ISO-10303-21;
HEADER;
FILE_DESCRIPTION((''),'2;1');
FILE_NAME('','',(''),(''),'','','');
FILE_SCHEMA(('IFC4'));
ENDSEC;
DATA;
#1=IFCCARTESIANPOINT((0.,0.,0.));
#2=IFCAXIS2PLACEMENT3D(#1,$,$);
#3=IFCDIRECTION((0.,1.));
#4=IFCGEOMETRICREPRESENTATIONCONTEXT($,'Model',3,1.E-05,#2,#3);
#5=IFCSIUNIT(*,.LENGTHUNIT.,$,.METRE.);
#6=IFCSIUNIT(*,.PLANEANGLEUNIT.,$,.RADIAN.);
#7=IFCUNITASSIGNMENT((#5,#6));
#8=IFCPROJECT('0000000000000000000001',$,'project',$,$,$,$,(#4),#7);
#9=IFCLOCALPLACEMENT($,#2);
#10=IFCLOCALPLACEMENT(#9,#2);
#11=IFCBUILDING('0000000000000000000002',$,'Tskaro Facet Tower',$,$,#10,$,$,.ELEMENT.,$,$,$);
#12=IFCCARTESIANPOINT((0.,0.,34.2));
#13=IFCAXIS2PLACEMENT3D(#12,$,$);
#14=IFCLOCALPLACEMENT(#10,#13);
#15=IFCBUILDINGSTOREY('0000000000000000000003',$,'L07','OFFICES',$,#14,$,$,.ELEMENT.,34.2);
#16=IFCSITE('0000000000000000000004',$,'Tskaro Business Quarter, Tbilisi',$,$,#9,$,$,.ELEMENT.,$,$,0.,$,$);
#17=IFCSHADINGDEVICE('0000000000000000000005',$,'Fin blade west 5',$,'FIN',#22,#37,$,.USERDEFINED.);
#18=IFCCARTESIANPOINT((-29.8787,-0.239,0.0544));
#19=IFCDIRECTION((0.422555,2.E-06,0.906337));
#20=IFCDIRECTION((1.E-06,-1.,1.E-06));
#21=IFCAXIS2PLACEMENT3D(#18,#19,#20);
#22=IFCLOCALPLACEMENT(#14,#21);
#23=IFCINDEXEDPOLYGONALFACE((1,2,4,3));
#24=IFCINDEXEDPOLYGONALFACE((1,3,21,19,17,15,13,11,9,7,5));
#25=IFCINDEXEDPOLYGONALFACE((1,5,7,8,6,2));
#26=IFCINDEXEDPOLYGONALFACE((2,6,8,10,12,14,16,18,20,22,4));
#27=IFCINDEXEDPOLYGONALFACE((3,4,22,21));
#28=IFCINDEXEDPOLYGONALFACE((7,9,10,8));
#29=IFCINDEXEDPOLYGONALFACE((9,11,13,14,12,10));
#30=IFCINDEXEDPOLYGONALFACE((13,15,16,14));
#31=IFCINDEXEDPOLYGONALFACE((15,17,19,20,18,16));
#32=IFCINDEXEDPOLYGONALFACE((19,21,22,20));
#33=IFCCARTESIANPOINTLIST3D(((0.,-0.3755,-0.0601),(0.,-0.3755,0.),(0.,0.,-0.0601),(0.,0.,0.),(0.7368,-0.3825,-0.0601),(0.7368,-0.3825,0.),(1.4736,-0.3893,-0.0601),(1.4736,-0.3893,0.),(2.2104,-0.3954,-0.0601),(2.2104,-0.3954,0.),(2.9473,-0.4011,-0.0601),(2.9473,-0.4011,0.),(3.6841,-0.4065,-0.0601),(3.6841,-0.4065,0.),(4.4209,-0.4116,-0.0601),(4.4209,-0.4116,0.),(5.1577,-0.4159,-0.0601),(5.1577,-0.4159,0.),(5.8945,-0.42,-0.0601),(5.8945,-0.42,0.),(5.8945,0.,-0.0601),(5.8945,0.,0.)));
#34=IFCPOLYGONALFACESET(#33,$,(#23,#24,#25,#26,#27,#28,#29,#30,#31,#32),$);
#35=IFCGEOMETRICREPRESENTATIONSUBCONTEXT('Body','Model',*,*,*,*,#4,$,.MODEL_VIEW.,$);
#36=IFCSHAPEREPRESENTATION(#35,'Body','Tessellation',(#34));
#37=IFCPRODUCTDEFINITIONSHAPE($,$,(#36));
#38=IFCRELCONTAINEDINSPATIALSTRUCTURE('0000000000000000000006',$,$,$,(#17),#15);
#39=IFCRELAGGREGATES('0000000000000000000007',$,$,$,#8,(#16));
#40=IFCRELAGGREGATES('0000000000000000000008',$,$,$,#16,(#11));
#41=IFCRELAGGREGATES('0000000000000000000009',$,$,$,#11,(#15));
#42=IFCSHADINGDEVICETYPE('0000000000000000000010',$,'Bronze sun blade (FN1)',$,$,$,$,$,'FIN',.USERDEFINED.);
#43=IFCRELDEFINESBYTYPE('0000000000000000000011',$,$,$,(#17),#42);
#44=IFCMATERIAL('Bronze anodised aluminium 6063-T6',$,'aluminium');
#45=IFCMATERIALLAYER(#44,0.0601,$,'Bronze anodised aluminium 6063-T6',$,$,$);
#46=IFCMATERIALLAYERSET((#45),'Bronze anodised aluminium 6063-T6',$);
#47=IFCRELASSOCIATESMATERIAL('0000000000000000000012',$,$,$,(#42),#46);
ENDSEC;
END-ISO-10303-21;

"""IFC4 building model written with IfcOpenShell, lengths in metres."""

from ifc_helpers import new_model, si_unit, direction, frame, origin, place, context, subcontext, project, spatial, polyline, outline, extrude, material, layer, layer_set, type_object, element, save


model = new_model("IFC4")

# Units and contexts
model_context = context("Model", 3, precision=1e-05, world=origin(), true_north=direction((0.0, 1.0)))
body_context = subcontext(model_context, "Body", "Model", "MODEL_VIEW")
ifc_project = project(units=[si_unit("LENGTHUNIT", "METRE"), si_unit("PLANEANGLEUNIT", "RADIAN")], contexts=[model_context])

# Site, building, storey
site_placement = place(None, origin())
site = spatial("IfcSite", under=ifc_project, at=site_placement, Name="Tskaro Business Quarter, Tbilisi", CompositionType="ELEMENT", RefElevation=0.0)
building_placement = place(site_placement, origin())
building = spatial("IfcBuilding", under=site, at=building_placement, Name="Tskaro Facet Tower", CompositionType="ELEMENT")
storey_placement = place(building_placement, frame((0.0, 0.0, 34.2)))
storey = spatial("IfcBuildingStorey", under=building, at=storey_placement, Name="L07", Description="OFFICES", CompositionType="ELEMENT", Elevation=34.2)

# Shared definitions
ifc_material_1 = material(Name="Bronze anodised aluminium 6063-T6", Category="aluminium")

# Shading device
ifc_layer_1 = layer(ifc_material_1, 0.0601, Name="Bronze anodised aluminium 6063-T6")
ifc_layer_set_1 = layer_set([ifc_layer_1], Name="Bronze anodised aluminium 6063-T6")
shading_device_type = type_object("IfcShadingDeviceType", Name="Bronze sun blade (FN1)", ElementType="FIN", PredefinedType="USERDEFINED", material=ifc_layer_set_1)
shading_device_1_placement = place(storey_placement, frame((-29.8787, -0.239, 0.0544), z_axis=(0.422555, 0.000002, 0.906337), x_axis=(0.000001, -1.0, 0.000001)))
element("IfcShadingDevice", 1, at=shading_device_1_placement, inside=storey, type_object=shading_device_type, Name="Fin blade west 5", ObjectType="FIN", PredefinedType="USERDEFINED", context=body_context, shape_type="SweptSolid", body=[
    extrude(outline(polyline([(0.0, 0.0), (5.8945, 0.0), (5.8945, -0.42), (5.1577, -0.4159), (4.4209, -0.4116), (3.6841, -0.4065), (2.9473, -0.4011), (2.2104, -0.3954), (1.4736, -0.3893), (0.7368, -0.3825), (0.0, -0.3755), (0.0, 0.0)])), origin(), (0.0, 0.0, -1.0), 0.0601),
])

save(model, "model.ifc")
